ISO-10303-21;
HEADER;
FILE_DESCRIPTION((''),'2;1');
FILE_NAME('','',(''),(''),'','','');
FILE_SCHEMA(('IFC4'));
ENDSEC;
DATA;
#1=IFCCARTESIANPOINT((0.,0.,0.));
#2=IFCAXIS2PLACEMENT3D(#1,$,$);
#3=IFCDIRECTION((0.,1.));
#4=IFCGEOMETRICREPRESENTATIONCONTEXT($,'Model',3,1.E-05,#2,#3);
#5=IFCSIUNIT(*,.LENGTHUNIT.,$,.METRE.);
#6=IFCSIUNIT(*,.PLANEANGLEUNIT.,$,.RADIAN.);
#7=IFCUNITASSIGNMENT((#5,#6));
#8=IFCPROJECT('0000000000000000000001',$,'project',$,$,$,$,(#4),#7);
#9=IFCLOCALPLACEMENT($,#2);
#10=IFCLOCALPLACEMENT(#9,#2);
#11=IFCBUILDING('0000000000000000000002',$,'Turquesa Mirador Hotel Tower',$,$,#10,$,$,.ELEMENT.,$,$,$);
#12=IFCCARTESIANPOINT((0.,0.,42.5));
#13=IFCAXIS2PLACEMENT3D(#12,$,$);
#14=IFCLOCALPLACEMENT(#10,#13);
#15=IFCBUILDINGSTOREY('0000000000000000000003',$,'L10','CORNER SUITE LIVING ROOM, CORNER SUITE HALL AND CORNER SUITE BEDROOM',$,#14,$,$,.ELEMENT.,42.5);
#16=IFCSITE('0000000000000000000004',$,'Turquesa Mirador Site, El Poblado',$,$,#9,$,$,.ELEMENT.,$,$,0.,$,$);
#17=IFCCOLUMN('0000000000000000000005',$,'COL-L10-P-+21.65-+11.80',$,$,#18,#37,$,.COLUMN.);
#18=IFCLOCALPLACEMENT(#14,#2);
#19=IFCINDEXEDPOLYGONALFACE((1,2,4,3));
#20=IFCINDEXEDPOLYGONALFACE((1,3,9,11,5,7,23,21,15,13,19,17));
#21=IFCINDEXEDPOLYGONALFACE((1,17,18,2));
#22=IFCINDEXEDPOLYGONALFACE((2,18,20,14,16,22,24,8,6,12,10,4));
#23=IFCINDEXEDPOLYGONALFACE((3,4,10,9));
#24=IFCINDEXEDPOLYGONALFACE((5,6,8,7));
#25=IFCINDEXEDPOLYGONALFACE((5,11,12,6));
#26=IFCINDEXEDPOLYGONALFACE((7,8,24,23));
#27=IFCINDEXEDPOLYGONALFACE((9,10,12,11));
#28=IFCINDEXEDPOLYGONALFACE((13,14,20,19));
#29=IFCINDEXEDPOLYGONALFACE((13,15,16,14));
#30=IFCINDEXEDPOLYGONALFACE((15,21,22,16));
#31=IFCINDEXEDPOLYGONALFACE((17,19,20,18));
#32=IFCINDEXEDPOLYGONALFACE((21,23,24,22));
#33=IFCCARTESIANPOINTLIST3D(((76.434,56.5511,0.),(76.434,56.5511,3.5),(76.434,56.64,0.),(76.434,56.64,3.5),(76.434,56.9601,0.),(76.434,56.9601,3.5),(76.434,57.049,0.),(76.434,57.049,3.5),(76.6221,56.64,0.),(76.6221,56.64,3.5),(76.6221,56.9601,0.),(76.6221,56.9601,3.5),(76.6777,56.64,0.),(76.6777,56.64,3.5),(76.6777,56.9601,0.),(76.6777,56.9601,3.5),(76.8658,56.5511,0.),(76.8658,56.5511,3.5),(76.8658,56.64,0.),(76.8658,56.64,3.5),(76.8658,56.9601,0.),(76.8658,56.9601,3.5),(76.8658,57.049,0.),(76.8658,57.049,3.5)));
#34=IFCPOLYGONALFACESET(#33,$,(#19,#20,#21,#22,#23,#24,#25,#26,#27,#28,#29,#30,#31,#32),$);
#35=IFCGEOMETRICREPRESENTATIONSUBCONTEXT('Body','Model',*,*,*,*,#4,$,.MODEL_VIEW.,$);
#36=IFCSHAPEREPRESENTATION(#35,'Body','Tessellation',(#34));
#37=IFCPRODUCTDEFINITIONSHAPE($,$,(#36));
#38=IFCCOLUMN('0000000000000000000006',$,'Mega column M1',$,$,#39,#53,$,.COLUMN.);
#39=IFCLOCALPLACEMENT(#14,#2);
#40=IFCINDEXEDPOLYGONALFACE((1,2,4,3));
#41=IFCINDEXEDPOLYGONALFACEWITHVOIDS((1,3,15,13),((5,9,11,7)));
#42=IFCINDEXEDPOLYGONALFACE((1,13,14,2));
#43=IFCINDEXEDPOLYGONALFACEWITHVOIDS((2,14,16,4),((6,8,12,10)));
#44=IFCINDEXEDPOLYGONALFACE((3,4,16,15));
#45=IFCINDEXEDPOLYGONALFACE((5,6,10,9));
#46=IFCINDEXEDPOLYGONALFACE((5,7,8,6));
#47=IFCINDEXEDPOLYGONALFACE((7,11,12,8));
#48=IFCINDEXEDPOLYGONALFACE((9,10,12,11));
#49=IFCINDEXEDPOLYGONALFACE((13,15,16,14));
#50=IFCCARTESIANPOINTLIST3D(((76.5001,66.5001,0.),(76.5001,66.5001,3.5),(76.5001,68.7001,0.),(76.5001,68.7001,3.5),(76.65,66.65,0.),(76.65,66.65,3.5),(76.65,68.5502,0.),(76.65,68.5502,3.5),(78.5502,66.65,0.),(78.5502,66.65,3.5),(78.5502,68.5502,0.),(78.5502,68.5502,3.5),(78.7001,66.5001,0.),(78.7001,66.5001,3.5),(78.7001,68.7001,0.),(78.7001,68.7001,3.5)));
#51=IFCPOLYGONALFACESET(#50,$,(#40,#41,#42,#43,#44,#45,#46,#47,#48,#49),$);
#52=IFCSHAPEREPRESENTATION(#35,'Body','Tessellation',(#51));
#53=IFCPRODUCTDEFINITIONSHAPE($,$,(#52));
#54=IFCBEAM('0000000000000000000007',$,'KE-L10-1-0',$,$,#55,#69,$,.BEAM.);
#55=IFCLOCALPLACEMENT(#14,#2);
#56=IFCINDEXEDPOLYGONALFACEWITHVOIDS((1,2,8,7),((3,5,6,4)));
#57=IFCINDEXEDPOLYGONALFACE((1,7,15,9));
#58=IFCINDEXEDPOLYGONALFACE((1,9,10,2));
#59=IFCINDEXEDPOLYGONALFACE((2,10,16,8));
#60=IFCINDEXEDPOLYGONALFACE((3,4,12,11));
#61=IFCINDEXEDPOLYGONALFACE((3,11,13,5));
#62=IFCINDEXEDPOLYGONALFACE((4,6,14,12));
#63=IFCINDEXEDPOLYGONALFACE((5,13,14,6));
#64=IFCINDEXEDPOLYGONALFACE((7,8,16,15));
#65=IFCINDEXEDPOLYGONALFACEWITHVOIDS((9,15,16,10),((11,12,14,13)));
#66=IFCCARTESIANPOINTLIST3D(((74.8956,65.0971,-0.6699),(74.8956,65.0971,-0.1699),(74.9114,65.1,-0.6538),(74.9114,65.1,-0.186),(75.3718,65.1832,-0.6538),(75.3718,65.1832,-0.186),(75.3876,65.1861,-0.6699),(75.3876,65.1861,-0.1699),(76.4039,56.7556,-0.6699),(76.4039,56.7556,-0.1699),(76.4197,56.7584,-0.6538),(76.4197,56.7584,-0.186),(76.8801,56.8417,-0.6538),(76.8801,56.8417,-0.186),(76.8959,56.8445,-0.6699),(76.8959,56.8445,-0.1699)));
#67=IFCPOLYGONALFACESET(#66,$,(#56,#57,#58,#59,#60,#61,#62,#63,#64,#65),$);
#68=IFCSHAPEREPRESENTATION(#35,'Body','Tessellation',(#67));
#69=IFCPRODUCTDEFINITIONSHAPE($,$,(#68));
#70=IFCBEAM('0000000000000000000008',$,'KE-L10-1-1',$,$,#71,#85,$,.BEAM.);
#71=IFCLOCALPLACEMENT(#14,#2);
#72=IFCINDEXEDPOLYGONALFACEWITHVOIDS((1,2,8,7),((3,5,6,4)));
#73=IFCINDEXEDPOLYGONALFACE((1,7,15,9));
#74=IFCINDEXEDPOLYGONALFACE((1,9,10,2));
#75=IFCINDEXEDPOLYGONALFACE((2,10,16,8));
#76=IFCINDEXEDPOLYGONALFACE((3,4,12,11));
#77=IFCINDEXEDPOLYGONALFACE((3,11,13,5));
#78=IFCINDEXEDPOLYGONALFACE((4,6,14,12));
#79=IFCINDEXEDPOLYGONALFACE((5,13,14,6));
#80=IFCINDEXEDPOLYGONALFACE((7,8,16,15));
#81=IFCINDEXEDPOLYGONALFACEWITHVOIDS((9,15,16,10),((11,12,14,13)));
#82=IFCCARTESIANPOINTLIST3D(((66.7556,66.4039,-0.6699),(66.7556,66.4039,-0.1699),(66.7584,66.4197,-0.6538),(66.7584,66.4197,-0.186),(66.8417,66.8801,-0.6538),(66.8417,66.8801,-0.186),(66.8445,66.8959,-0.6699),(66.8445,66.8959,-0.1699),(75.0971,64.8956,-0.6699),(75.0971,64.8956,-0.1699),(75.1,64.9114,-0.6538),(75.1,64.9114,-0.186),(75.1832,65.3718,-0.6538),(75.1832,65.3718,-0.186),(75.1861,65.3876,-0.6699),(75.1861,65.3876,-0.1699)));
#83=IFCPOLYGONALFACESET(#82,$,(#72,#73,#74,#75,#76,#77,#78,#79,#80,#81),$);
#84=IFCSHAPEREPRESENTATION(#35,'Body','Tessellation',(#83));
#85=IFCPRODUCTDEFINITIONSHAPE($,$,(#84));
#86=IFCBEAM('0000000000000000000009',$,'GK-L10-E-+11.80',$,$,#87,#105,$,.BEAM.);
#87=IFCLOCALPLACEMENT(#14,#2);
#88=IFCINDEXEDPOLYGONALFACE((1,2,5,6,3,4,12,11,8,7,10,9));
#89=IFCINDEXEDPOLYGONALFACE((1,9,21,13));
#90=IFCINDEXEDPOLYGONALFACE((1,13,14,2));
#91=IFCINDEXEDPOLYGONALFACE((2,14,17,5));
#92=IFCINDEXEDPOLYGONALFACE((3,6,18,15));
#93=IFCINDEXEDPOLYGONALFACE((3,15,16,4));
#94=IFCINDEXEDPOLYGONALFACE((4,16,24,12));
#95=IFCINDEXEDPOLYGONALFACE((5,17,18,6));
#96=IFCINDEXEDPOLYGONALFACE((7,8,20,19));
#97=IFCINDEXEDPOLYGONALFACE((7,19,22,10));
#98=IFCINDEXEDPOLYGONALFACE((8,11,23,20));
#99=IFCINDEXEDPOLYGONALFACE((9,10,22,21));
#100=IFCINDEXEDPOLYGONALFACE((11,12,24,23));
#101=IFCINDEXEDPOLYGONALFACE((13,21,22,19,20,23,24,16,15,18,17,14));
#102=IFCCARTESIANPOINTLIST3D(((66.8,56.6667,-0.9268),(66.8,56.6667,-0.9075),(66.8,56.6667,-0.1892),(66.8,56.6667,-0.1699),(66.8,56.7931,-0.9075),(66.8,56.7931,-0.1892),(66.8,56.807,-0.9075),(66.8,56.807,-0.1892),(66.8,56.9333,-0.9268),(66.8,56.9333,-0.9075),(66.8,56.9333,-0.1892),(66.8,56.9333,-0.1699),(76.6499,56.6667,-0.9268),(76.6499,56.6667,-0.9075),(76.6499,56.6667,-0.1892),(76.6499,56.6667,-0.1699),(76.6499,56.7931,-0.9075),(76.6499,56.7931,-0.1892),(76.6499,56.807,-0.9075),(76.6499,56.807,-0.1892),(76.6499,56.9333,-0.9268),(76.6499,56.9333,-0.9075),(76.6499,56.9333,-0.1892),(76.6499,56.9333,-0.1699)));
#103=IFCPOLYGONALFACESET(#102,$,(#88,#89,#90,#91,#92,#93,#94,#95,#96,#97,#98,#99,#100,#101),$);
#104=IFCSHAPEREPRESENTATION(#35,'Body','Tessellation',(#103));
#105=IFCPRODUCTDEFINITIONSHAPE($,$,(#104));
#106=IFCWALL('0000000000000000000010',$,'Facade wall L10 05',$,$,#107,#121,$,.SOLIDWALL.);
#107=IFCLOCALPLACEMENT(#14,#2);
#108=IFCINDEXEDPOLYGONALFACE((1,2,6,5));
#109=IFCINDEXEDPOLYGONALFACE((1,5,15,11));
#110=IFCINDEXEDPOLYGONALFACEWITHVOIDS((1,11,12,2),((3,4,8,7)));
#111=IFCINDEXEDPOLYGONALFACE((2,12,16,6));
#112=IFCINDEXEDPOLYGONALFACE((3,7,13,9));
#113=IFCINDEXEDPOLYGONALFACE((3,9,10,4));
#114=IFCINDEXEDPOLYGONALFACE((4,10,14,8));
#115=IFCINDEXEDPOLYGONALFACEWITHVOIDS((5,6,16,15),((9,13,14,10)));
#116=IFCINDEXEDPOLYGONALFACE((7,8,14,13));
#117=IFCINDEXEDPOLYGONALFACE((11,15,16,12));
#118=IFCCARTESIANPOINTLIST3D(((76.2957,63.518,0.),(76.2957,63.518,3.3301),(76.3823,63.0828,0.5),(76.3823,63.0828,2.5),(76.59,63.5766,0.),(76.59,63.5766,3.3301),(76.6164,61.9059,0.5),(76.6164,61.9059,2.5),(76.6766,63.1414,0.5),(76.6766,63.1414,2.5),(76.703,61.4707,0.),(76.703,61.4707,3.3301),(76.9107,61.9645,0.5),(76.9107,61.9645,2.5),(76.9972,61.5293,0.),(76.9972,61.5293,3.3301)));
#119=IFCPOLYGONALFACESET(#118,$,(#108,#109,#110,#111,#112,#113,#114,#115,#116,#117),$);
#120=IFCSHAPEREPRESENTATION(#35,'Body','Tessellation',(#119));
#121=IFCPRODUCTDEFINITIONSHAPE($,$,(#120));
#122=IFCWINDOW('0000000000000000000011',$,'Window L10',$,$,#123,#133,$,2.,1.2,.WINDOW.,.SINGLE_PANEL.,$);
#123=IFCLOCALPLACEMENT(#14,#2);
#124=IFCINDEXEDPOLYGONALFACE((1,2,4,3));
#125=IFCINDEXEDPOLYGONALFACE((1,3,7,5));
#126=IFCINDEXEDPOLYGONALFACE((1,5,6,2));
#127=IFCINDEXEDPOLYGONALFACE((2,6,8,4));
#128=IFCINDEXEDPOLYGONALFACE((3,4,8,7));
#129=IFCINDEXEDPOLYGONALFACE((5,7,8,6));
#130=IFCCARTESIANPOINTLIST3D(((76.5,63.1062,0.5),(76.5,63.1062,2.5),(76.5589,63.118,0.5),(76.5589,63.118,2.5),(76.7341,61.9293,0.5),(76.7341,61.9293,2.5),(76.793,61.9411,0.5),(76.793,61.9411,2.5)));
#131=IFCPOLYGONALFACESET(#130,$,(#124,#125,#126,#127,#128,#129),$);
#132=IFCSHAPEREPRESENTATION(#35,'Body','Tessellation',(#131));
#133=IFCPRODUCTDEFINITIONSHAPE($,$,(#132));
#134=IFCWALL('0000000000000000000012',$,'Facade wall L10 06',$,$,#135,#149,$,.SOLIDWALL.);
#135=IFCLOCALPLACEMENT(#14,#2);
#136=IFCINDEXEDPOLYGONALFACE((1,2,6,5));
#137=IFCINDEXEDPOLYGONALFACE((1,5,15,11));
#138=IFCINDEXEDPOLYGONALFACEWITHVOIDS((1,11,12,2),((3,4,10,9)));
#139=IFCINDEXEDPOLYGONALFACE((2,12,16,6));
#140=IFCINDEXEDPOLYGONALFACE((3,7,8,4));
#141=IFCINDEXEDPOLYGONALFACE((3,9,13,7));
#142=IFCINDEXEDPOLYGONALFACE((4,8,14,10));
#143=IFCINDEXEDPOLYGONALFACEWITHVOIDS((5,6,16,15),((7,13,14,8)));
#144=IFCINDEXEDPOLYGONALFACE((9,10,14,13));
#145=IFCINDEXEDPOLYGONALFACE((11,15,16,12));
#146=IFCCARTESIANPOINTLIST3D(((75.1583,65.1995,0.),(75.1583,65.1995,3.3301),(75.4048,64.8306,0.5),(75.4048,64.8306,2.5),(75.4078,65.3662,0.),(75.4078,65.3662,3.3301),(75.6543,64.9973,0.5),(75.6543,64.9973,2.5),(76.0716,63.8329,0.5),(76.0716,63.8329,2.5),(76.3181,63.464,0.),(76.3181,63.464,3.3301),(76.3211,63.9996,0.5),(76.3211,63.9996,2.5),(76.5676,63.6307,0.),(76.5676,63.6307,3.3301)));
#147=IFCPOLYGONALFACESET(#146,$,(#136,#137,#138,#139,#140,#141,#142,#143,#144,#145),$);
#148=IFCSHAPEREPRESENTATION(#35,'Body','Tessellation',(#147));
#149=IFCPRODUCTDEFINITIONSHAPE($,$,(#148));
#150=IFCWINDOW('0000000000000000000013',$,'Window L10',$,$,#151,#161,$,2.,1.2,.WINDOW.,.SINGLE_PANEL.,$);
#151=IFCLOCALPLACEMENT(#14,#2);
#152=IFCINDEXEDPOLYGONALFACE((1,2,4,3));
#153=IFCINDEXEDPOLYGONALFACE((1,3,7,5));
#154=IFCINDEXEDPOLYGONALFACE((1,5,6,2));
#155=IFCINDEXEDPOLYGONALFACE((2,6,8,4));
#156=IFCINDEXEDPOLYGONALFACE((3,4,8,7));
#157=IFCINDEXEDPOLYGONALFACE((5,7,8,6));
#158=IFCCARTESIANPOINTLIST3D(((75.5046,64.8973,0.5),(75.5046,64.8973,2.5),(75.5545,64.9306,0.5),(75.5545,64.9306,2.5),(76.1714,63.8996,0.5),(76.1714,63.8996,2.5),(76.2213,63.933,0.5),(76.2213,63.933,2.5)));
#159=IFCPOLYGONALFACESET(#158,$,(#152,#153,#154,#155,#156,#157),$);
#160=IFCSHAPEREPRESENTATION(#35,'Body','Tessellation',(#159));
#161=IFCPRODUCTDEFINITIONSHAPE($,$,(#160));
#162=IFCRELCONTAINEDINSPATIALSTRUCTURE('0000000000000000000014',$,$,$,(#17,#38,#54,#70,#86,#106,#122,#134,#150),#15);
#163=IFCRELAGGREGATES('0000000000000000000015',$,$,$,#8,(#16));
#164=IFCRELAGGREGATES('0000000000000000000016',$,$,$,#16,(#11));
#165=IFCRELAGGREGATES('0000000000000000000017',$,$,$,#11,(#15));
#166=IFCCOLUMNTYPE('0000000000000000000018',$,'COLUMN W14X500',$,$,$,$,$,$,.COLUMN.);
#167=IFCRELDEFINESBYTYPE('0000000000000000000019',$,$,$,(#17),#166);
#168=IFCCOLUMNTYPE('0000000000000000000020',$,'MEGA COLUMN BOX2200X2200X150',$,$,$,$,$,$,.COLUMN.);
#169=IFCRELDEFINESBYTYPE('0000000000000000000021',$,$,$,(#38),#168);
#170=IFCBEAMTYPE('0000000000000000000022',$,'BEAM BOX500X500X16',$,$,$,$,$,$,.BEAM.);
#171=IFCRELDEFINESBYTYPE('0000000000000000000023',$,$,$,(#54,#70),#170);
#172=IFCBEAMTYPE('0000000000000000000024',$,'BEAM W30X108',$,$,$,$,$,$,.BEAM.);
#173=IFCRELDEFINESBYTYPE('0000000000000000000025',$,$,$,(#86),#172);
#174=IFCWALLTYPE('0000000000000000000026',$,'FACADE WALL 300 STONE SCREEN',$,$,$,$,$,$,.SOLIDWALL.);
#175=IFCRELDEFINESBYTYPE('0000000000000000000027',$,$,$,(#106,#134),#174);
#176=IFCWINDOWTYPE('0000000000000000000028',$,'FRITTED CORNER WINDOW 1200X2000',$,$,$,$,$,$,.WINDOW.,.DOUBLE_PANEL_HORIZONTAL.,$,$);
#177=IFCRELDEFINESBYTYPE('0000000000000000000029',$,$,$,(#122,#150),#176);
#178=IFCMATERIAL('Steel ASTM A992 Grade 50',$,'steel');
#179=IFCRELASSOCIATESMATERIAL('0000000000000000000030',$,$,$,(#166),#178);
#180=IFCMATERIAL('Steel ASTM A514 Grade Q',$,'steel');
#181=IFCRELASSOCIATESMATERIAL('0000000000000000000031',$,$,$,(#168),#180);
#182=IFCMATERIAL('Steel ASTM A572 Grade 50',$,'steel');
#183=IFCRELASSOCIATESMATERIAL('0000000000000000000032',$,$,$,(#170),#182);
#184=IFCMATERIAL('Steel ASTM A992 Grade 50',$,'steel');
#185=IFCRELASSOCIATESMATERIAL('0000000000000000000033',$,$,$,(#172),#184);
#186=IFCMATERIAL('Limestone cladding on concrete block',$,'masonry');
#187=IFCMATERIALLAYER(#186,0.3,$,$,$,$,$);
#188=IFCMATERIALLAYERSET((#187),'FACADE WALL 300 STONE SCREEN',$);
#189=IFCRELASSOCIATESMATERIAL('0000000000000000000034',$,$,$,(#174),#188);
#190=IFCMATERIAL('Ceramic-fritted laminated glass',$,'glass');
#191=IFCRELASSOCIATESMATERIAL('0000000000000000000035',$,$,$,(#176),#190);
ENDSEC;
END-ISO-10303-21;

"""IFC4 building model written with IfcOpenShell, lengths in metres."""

from ifc_helpers import new_model, si_unit, direction, frame, frame_2d, origin, origin_2d, place, context, subcontext, project, spatial, rectangle, hollow_rectangle, i_section, extrude, material, layer, layer_set, material_profile, profile_set, type_object, element, fill, save


model = new_model("IFC4")

# Units and contexts
model_context = context("Model", 3, precision=1e-05, world=origin(), true_north=direction((0.0, 1.0)))
body_context = subcontext(model_context, "Body", "Model", "MODEL_VIEW")
ifc_project = project(units=[si_unit("LENGTHUNIT", "METRE"), si_unit("PLANEANGLEUNIT", "RADIAN")], contexts=[model_context])

# Site, building, storey
site_placement = place(None, origin())
site = spatial("IfcSite", under=ifc_project, at=site_placement, Name="Turquesa Mirador Site, El Poblado", CompositionType="ELEMENT", RefElevation=0.0)
building_placement = place(site_placement, origin())
building = spatial("IfcBuilding", under=site, at=building_placement, Name="Turquesa Mirador Hotel Tower", CompositionType="ELEMENT")
storey_placement = place(building_placement, frame((0.0, 0.0, 42.5)))
storey = spatial("IfcBuildingStorey", under=building, at=storey_placement, Name="L10", Description="CORNER SUITE LIVING ROOM, CORNER SUITE HALL AND CORNER SUITE BEDROOM", CompositionType="ELEMENT", Elevation=42.5)

# Columns
ifc_material_1 = material(Name="Steel ASTM A992 Grade 50", Category="steel")
ifc_material_profile_1 = material_profile(ifc_material_1, i_section(OverallWidth=0.4319, OverallDepth=0.4978, WebThickness=0.0557, FlangeThickness=0.0889, at=origin_2d()), Name="W14X500")
ifc_profile_set_1 = profile_set([ifc_material_profile_1], Name="Steel ASTM A992 Grade 50")
column_type_1 = type_object("IfcColumnType", Name="COLUMN W14X500", PredefinedType="COLUMN", material=ifc_profile_set_1)
column_1_placement = place(storey_placement, frame((76.6499, 56.8, 0.0), z_axis=(0.0, 0.0, 1.0), x_axis=(1.0, 0.0, 0.0)))
element("IfcColumn", 1, at=column_1_placement, inside=storey, type_object=column_type_1, Name="COL-L10-P-+21.65-+11.80", PredefinedType="COLUMN", context=body_context, shape_type="SweptSolid", body=[
    extrude(i_section(OverallWidth=0.4319, OverallDepth=0.4978, WebThickness=0.0557, FlangeThickness=0.0889, at=origin_2d()), origin(), (0.0, 0.0, 1.0), 3.5),
])
ifc_material_2 = material(Name="Steel ASTM A514 Grade Q", Category="steel")
ifc_material_profile_2 = material_profile(ifc_material_2, hollow_rectangle(XDim=2.2, YDim=2.2, WallThickness=0.1499, at=origin_2d()), Name="BOX2200X2200X150")
ifc_profile_set_2 = profile_set([ifc_material_profile_2], Name="Steel ASTM A514 Grade Q")
column_type_2 = type_object("IfcColumnType", Name="MEGA COLUMN BOX2200X2200X150", PredefinedType="COLUMN", material=ifc_profile_set_2)
column_2_placement = place(storey_placement, frame((77.6001, 67.6001, 0.0), z_axis=(0.0, 0.0, 1.0), x_axis=(1.0, 0.0, 0.0)))
element("IfcColumn", 2, at=column_2_placement, inside=storey, type_object=column_type_2, Name="Mega column M1", PredefinedType="COLUMN", context=body_context, shape_type="SweptSolid", body=[
    extrude(hollow_rectangle(XDim=2.2, YDim=2.2, WallThickness=0.1499, at=origin_2d()), origin(), (0.0, 0.0, 1.0), 3.5),
])

# Beams
ifc_material_3 = material(Name="Steel ASTM A572 Grade 50", Category="steel")
ifc_material_profile_3 = material_profile(ifc_material_3, hollow_rectangle(XDim=0.5, YDim=0.5, WallThickness=0.0161, at=origin_2d()), Name="BOX500X500X16")
ifc_profile_set_3 = profile_set([ifc_material_profile_3], Name="Steel ASTM A572 Grade 50")
beam_type_1 = type_object("IfcBeamType", Name="BEAM BOX500X500X16", PredefinedType="BEAM", material=ifc_profile_set_3)
for number, where, z_axis, x_axis, name in (
    (3, (76.6499, 56.8, -0.4199), (-0.177932, 0.984043, 0.0), (-0.984043, -0.177932, 0.0), "KE-L10-1-0"),
    (4, (75.1416, 65.1416, -0.4199), (-0.984043, 0.177932, 0.0), (-0.177932, -0.984043, 0.0), "KE-L10-1-1"),
):
    element("IfcBeam", number, at=place(storey_placement, frame(where, z_axis=z_axis, x_axis=x_axis)), inside=storey, type_object=beam_type_1, Name=name, PredefinedType="BEAM", context=body_context, shape_type="SweptSolid", body=[
        extrude(hollow_rectangle(XDim=0.5, YDim=0.5, WallThickness=0.0161, at=origin_2d()), origin(), (0.0, 0.0, 1.0), 8.4768),
    ])
ifc_material_4 = material(Name="Steel ASTM A992 Grade 50", Category="steel")
ifc_material_profile_4 = material_profile(ifc_material_4, i_section(OverallWidth=0.2666, OverallDepth=0.7568, WebThickness=0.0139, FlangeThickness=0.0193, at=origin_2d()), Name="W30X108")
ifc_profile_set_4 = profile_set([ifc_material_profile_4], Name="Steel ASTM A992 Grade 50")
beam_type_2 = type_object("IfcBeamType", Name="BEAM W30X108", PredefinedType="BEAM", material=ifc_profile_set_4)
beam_placement = place(storey_placement, frame((76.6499, 56.8, -0.5483), z_axis=(-1.0, 0.0, 0.0), x_axis=(0.0, -1.0, 0.0)))
element("IfcBeam", 5, at=beam_placement, inside=storey, type_object=beam_type_2, Name="GK-L10-E-+11.80", PredefinedType="BEAM", context=body_context, shape_type="SweptSolid", body=[
    extrude(i_section(OverallWidth=0.2666, OverallDepth=0.7568, WebThickness=0.0139, FlangeThickness=0.0193, at=origin_2d()), origin(), (0.0, 0.0, 1.0), 9.8499),
])

# Walls, openings, windows
ifc_material_5 = material(Name="Limestone cladding on concrete block", Category="masonry")
ifc_layer = layer(ifc_material_5, 0.3)
ifc_layer_set = layer_set([ifc_layer], Name="FACADE WALL 300 STONE SCREEN")
wall_type = type_object("IfcWallType", Name="FACADE WALL 300 STONE SCREEN", PredefinedType="SOLIDWALL", material=ifc_layer_set)
wall_1_placement = place(storey_placement, frame((76.8501, 61.5, 0.0), z_axis=(0.0, 0.0, 1.0), x_axis=(-0.195081, 0.980787, 0.0)))
wall_1 = element("IfcWall", 6, at=wall_1_placement, inside=storey, type_object=wall_type, Name="Facade wall L10 05", PredefinedType="SOLIDWALL", context=body_context, shape_type="SweptSolid", body=[
    extrude(rectangle(XDim=2.0874, YDim=0.3, at=frame_2d((1.0437, 0.0))), origin(), (0.0, 0.0, 1.0), 3.3301),
])
opening_1_placement = place(wall_1_placement, frame((0.4436, 0.0, 0.5)))
opening_1 = element("IfcOpeningElement", 7, at=opening_1_placement, cuts=wall_1, PredefinedType="OPENING", context=body_context, shape_type="SweptSolid", body=[
    extrude(rectangle(XDim=1.2, YDim=2.0, at=frame_2d((0.6001, 1.0))), frame((0.0, 0.1599, 0.0), z_axis=(0.0, -1.0, 0.0), x_axis=(1.0, 0.0, 0.0)), (0.0, 0.0, 1.0), 0.3201),
])
ifc_material_6 = material(Name="Ceramic-fritted laminated glass", Category="glass")
window_type = type_object("IfcWindowType", Name="FRITTED CORNER WINDOW 1200X2000", PartitioningType="DOUBLE_PANEL_HORIZONTAL", PredefinedType="WINDOW", material=ifc_material_6)
window_1_placement = place(opening_1_placement, origin())
window_1 = element("IfcWindow", 8, at=window_1_placement, inside=storey, type_object=window_type, Name="Window L10", OverallHeight=2.0, OverallWidth=1.2, PartitioningType="SINGLE_PANEL", PredefinedType="WINDOW", context=body_context, shape_type="SweptSolid", body=[
    extrude(rectangle(XDim=1.2, YDim=2.0, at=frame_2d((0.6001, 1.0))), frame((0.0, 0.03, 0.0), z_axis=(0.0, -1.0, 0.0), x_axis=(1.0, 0.0, 0.0)), (0.0, 0.0, 1.0), 0.0601),
])
fill(opening_1, window_1)
wall_2_placement = place(storey_placement, frame((76.4429, 63.5474, 0.0), z_axis=(0.0, 0.0, 1.0), x_axis=(-0.555644, 0.83142, 0.0)))
wall_2 = element("IfcWall", 9, at=wall_2_placement, inside=storey, type_object=wall_type, Name="Facade wall L10 06", PredefinedType="SOLIDWALL", context=body_context, shape_type="SweptSolid", body=[
    extrude(rectangle(XDim=2.0874, YDim=0.3, at=frame_2d((1.0437, 0.0))), origin(), (0.0, 0.0, 1.0), 3.3301),
])
opening_2_placement = place(wall_2_placement, frame((0.4436, 0.0, 0.5)))
opening_2 = element("IfcOpeningElement", 10, at=opening_2_placement, cuts=wall_2, PredefinedType="OPENING", context=body_context, shape_type="SweptSolid", body=[
    extrude(rectangle(XDim=1.2, YDim=2.0, at=frame_2d((0.6001, 1.0))), frame((0.0, 0.1599, 0.0), z_axis=(0.0, -1.0, 0.0), x_axis=(1.0, 0.0, 0.0)), (0.0, 0.0, 1.0), 0.3201),
])
window_2_placement = place(opening_2_placement, origin())
window_2 = element("IfcWindow", 11, at=window_2_placement, inside=storey, type_object=window_type, Name="Window L10", OverallHeight=2.0, OverallWidth=1.2, PartitioningType="SINGLE_PANEL", PredefinedType="WINDOW", context=body_context, shape_type="SweptSolid", body=[
    extrude(rectangle(XDim=1.2, YDim=2.0, at=frame_2d((0.6001, 1.0))), frame((0.0, 0.03, 0.0), z_axis=(0.0, -1.0, 0.0), x_axis=(1.0, 0.0, 0.0)), (0.0, 0.0, 1.0), 0.0601),
])
fill(opening_2, window_2)

save(model, "model.ifc")
